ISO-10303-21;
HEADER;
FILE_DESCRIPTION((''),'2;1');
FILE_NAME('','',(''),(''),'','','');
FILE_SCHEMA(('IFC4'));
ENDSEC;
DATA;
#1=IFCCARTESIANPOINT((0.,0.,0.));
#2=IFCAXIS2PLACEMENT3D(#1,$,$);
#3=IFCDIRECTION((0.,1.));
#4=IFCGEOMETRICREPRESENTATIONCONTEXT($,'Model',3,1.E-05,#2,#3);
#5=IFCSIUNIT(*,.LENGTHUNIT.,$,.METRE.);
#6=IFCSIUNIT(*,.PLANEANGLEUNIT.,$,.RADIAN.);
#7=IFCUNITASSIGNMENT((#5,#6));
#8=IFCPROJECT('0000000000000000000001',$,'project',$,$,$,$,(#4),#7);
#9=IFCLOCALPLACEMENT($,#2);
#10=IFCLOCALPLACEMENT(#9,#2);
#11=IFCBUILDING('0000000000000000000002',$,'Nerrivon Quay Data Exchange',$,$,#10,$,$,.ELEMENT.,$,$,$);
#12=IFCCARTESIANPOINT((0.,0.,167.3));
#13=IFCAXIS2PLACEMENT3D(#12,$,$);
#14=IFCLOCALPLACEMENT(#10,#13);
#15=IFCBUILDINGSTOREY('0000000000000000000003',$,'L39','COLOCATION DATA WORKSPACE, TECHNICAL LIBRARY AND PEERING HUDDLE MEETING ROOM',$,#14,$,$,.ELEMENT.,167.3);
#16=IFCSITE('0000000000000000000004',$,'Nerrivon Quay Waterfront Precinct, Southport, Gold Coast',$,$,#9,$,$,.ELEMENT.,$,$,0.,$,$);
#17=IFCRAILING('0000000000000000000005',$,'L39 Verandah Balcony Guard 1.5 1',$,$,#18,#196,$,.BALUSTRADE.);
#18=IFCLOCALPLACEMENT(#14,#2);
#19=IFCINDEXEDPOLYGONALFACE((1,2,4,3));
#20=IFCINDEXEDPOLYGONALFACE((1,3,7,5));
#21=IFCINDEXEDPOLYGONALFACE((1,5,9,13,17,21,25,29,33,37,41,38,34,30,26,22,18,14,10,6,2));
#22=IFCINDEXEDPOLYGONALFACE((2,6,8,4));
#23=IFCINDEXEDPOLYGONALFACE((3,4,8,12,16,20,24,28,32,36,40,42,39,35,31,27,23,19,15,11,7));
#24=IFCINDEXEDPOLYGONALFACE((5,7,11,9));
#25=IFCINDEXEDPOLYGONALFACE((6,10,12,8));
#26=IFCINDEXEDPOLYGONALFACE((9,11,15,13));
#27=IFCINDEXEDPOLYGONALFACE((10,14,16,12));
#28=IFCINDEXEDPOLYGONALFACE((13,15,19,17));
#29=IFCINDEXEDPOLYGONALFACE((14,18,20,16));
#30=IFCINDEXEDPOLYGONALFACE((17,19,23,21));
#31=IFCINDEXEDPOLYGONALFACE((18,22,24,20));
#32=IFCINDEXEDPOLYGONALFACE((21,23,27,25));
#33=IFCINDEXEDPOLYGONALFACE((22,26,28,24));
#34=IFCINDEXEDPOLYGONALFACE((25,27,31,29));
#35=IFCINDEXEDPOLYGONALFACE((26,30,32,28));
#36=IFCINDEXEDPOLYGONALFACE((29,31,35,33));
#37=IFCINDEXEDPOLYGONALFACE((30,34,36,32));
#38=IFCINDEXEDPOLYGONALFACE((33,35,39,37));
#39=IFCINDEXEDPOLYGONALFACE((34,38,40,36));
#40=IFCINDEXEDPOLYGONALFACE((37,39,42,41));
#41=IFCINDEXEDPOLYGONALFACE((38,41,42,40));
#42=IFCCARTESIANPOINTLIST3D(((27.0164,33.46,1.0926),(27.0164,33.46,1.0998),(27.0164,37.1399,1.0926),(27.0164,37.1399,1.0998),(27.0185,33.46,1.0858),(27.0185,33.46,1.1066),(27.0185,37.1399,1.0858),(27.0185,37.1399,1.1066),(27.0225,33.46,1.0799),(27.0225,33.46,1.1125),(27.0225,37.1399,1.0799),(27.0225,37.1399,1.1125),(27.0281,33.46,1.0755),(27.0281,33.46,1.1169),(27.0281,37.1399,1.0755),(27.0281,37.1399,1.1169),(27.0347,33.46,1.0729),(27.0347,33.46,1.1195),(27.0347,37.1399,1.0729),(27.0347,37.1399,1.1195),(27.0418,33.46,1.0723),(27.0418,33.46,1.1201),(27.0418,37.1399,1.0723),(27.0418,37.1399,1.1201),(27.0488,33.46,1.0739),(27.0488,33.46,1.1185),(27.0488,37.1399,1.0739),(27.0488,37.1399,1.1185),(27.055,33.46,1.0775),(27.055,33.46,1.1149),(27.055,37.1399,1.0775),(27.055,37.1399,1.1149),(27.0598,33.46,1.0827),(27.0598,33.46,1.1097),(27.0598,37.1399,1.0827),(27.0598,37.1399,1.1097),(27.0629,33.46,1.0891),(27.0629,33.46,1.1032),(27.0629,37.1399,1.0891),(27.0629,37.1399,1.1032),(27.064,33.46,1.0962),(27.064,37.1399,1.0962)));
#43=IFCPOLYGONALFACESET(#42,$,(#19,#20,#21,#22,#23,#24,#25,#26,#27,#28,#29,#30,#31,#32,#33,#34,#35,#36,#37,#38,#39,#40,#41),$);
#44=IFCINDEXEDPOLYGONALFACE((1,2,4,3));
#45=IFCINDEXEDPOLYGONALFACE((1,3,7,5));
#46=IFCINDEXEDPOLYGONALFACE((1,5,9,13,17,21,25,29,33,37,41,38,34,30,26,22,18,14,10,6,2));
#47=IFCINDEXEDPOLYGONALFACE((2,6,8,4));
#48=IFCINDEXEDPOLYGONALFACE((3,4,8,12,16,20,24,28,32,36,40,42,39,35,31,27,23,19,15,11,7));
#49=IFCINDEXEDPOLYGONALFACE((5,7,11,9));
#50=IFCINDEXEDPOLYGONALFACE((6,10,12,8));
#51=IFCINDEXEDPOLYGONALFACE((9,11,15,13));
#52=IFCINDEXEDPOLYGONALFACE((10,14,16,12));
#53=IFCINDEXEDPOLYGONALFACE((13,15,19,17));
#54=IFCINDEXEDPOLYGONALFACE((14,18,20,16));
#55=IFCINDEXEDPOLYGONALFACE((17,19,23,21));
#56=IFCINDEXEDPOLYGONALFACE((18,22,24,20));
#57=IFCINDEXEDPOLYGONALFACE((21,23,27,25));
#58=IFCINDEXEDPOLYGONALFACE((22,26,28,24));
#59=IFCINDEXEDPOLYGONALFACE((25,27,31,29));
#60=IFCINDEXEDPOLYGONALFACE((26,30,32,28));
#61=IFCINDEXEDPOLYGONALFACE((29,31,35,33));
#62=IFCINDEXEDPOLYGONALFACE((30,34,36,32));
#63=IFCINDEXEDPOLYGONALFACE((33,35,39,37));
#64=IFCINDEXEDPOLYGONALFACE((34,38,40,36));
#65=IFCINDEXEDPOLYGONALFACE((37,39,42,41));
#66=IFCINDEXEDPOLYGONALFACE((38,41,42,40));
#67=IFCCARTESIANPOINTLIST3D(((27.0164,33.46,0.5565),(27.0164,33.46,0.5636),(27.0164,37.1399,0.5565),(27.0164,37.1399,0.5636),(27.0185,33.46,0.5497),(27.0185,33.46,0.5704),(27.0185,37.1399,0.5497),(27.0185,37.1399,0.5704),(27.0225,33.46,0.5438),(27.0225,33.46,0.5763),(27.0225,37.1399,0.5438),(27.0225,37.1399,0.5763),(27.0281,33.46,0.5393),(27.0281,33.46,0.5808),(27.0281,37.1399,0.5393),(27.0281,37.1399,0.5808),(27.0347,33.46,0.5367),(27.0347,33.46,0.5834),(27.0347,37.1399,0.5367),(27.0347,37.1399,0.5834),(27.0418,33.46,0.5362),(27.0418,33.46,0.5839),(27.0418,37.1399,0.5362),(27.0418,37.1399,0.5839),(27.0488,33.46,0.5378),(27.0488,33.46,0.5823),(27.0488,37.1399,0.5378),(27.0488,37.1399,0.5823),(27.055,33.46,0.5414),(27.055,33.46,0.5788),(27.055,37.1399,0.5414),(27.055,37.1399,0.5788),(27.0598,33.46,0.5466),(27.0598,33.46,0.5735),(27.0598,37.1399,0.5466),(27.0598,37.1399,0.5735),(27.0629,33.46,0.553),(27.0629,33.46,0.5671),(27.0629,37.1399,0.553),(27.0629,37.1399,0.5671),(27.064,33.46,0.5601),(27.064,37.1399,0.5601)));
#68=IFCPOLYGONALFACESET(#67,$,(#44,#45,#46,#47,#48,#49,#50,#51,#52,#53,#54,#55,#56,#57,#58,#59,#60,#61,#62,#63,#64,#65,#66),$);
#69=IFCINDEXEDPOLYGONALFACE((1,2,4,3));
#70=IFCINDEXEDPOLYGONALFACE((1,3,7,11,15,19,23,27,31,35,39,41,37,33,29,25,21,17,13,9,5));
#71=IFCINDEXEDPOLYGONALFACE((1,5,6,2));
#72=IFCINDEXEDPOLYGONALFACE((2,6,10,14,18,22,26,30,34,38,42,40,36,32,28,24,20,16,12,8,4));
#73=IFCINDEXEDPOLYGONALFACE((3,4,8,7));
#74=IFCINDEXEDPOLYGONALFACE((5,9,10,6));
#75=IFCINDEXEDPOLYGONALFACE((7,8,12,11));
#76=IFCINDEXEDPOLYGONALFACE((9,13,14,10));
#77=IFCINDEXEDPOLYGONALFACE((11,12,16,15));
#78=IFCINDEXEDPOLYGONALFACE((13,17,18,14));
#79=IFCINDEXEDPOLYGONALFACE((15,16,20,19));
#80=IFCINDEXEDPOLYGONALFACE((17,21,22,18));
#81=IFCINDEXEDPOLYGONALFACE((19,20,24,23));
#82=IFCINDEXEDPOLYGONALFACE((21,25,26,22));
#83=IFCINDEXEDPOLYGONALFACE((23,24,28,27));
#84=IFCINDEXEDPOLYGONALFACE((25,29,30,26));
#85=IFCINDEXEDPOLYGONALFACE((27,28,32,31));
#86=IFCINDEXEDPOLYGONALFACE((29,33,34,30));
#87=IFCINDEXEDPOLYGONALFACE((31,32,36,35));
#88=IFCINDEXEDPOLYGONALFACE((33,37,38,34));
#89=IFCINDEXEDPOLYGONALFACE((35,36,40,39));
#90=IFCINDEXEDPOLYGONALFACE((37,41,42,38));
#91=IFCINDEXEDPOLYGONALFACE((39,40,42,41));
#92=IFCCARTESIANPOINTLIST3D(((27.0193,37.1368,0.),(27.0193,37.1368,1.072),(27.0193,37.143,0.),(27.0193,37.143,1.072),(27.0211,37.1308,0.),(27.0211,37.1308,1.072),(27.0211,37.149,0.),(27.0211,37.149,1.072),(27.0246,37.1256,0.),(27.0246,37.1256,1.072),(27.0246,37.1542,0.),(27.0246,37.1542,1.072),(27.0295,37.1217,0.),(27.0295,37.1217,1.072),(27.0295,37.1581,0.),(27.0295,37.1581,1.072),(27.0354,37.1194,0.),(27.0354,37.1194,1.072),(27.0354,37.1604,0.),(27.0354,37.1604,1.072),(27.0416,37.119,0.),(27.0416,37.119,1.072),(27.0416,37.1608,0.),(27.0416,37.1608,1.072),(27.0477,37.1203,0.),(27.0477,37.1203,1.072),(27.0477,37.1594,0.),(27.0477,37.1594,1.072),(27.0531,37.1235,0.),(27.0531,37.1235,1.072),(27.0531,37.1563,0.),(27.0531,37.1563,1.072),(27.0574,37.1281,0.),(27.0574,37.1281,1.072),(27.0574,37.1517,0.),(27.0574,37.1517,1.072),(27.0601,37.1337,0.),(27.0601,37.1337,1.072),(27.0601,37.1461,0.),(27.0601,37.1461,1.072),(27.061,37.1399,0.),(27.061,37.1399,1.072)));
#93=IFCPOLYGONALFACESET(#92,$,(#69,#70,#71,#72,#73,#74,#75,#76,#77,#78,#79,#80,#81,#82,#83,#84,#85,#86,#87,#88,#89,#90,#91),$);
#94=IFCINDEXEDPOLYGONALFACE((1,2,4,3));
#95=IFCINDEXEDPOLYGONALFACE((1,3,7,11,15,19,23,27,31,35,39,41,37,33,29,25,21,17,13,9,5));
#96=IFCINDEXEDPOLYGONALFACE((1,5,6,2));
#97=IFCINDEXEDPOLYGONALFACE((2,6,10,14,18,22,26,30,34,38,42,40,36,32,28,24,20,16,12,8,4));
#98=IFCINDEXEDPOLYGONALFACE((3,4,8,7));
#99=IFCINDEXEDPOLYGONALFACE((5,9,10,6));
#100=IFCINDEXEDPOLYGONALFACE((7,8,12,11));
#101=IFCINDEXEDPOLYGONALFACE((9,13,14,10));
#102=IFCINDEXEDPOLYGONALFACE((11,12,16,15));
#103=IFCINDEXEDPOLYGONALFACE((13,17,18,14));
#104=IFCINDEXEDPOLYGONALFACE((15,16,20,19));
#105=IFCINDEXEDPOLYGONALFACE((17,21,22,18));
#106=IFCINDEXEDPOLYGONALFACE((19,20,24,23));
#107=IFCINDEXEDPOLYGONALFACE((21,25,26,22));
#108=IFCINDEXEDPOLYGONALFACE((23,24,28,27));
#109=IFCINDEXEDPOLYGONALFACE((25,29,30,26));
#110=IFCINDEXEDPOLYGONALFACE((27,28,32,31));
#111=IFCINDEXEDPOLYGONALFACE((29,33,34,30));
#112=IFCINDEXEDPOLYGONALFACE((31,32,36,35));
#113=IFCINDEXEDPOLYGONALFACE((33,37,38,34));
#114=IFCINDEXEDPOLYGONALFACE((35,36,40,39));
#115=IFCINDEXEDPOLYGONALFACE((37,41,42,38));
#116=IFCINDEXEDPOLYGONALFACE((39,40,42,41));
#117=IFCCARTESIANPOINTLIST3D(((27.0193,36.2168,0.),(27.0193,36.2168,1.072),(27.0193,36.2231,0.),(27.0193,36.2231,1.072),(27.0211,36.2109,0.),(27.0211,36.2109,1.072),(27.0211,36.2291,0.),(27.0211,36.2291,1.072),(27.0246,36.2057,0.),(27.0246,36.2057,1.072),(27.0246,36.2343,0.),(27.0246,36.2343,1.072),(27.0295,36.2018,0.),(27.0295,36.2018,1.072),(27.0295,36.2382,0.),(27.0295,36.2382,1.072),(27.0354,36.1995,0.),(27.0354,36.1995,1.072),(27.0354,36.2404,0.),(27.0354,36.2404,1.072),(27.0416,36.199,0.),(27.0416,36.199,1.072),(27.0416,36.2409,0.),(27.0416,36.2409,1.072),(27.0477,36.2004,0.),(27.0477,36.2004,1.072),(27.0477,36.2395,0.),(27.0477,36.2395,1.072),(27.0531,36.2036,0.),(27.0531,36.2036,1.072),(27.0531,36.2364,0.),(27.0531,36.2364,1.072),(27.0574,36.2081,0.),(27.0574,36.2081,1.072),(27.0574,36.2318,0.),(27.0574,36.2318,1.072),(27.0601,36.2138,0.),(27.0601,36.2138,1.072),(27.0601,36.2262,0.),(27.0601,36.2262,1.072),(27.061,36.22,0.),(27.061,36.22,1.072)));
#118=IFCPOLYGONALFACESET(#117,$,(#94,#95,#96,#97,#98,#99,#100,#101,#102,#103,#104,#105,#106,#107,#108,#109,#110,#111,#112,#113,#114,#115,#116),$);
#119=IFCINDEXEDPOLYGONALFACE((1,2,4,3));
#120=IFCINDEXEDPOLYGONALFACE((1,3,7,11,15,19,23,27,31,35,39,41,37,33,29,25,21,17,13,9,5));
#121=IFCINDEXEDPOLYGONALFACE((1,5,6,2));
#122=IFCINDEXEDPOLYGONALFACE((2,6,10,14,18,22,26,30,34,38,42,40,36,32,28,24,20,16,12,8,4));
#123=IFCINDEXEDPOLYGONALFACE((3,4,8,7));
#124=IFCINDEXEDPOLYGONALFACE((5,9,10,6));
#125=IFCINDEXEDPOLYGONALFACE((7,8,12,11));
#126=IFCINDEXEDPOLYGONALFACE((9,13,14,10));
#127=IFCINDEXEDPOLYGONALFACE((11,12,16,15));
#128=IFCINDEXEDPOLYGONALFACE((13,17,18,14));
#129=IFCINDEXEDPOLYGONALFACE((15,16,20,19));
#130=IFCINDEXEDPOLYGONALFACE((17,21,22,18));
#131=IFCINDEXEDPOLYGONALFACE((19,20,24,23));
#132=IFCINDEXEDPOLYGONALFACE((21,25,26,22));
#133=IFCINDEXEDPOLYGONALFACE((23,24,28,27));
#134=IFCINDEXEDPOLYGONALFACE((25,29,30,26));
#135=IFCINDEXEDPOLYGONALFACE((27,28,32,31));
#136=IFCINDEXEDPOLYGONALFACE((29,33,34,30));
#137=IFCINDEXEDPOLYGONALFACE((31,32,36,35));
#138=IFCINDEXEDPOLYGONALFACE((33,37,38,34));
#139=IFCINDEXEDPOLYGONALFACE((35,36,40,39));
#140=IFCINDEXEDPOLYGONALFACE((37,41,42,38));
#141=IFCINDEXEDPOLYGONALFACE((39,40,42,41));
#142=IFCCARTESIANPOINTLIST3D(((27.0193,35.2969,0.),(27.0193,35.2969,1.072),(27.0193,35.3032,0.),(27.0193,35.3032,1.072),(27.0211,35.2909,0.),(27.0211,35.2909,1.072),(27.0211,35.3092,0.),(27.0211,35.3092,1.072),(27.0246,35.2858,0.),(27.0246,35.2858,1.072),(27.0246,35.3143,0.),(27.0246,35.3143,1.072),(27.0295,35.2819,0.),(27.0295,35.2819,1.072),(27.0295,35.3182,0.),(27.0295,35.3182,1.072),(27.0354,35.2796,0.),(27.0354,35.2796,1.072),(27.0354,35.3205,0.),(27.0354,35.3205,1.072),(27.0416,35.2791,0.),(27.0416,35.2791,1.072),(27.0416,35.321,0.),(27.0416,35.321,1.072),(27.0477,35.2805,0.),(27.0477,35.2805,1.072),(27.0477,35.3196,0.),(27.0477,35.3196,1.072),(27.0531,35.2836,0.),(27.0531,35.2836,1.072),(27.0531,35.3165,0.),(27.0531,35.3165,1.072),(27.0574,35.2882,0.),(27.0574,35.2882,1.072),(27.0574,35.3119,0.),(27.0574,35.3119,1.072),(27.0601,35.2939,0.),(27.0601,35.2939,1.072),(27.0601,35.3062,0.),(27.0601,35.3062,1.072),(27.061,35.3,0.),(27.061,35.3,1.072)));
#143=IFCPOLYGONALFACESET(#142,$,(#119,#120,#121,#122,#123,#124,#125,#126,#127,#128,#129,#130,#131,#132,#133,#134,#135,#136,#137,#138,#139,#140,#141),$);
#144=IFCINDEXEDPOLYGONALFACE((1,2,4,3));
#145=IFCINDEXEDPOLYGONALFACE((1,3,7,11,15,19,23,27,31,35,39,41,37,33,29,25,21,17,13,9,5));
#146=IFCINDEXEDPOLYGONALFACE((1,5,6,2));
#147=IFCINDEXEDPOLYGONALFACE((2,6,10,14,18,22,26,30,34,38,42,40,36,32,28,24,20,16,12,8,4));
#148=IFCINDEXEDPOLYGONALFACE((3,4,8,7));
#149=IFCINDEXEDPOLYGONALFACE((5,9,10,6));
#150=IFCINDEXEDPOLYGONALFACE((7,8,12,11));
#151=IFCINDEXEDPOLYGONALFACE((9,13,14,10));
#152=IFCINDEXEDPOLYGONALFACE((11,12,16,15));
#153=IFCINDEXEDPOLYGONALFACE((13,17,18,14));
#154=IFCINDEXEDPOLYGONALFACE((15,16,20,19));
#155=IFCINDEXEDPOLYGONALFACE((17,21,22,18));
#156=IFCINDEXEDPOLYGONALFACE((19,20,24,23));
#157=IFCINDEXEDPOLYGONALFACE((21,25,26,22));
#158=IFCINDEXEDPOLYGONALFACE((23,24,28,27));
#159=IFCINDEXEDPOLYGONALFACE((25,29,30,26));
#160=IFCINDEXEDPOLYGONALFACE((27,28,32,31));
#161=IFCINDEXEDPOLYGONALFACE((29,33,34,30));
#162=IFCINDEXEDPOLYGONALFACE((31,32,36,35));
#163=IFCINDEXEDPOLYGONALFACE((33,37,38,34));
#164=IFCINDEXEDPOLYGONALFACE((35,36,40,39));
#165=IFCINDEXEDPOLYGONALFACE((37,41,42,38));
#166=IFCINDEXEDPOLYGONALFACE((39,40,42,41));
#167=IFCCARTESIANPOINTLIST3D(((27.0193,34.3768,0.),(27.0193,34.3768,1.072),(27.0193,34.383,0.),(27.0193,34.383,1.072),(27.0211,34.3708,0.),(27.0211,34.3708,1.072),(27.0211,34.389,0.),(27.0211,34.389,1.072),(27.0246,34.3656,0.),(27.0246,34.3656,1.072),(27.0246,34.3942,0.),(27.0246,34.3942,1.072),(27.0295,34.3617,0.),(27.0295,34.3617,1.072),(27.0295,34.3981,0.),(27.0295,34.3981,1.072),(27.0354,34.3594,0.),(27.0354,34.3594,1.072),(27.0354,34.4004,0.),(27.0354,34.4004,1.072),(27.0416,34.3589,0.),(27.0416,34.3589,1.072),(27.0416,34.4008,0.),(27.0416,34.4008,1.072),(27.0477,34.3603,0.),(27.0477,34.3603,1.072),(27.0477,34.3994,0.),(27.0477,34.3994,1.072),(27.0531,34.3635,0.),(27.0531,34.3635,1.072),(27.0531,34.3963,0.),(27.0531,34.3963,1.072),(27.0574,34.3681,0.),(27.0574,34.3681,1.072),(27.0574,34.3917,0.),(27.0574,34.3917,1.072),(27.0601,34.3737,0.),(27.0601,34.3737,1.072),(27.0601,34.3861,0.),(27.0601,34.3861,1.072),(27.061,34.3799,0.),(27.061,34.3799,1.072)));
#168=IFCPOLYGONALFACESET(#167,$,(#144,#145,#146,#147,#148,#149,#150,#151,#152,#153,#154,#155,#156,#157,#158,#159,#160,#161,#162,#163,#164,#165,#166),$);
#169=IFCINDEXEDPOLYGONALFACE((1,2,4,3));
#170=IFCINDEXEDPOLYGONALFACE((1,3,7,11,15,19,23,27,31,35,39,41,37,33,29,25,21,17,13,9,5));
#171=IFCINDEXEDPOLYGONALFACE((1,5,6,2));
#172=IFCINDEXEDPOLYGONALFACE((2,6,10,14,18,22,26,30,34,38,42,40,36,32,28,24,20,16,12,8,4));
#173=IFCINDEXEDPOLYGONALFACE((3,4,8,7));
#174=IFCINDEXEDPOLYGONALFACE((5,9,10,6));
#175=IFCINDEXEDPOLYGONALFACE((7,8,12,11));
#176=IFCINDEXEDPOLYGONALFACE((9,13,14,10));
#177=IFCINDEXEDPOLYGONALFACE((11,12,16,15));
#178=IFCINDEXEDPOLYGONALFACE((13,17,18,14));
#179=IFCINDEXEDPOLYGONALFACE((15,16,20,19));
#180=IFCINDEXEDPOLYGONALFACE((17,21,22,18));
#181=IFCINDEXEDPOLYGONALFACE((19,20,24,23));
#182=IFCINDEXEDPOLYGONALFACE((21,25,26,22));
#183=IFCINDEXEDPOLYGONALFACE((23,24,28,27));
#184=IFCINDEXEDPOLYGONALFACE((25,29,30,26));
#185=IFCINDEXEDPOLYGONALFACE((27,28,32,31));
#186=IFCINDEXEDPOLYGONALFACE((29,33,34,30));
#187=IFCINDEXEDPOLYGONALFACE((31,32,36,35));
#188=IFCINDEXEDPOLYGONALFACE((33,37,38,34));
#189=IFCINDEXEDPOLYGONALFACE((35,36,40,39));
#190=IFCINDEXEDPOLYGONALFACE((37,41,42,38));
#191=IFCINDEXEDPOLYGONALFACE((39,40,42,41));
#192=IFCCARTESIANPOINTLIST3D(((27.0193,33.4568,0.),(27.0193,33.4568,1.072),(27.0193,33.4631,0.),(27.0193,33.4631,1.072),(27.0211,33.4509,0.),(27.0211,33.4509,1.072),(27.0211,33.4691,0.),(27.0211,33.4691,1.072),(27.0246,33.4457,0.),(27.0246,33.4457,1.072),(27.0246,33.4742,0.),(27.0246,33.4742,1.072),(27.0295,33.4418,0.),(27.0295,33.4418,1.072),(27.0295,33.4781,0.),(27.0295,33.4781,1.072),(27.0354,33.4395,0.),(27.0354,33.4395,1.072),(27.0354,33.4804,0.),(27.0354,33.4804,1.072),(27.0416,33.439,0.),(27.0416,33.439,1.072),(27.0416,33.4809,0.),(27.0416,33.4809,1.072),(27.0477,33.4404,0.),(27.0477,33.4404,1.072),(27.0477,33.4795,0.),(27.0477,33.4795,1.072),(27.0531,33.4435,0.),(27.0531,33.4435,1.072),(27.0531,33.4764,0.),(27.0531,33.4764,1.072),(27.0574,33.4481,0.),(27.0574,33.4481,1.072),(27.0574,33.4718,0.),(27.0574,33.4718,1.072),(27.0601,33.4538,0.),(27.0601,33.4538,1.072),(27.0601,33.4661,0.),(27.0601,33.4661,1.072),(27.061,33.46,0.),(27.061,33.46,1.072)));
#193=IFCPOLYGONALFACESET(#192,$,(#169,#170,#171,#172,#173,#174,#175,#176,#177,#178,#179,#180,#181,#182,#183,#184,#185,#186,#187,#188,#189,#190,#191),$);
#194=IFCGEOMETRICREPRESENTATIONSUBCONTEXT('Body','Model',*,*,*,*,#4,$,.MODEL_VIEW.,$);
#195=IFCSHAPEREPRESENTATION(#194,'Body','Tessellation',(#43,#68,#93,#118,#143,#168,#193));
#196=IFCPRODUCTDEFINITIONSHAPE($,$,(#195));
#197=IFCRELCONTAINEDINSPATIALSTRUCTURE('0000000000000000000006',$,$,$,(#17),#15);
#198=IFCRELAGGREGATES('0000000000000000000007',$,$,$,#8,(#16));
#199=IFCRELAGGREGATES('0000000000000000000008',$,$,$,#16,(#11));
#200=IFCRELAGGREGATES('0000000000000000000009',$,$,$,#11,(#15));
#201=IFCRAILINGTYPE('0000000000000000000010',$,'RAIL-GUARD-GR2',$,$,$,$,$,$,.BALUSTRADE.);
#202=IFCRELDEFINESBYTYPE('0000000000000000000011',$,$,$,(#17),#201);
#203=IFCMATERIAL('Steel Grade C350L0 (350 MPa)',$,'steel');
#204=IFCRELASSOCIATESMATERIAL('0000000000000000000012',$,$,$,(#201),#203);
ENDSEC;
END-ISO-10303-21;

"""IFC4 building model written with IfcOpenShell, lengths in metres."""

from ifc_helpers import new_model, si_unit, direction, frame, origin, origin_2d, place, context, subcontext, project, spatial, circle, extrude, material, type_object, element, save


model = new_model("IFC4")

# Units and contexts
model_context = context("Model", 3, precision=1e-05, world=origin(), true_north=direction((0.0, 1.0)))
body_context = subcontext(model_context, "Body", "Model", "MODEL_VIEW")
ifc_project = project(units=[si_unit("LENGTHUNIT", "METRE"), si_unit("PLANEANGLEUNIT", "RADIAN")], contexts=[model_context])

# Site, building, storey
site_placement = place(None, origin())
site = spatial("IfcSite", under=ifc_project, at=site_placement, Name="Nerrivon Quay Waterfront Precinct, Southport, Gold Coast", CompositionType="ELEMENT", RefElevation=0.0)
building_placement = place(site_placement, origin())
building = spatial("IfcBuilding", under=site, at=building_placement, Name="Nerrivon Quay Data Exchange", CompositionType="ELEMENT")
storey_placement = place(building_placement, frame((0.0, 0.0, 167.3)))
storey = spatial("IfcBuildingStorey", under=building, at=storey_placement, Name="L39", Description="COLOCATION DATA WORKSPACE, TECHNICAL LIBRARY AND PEERING HUDDLE MEETING ROOM", CompositionType="ELEMENT", Elevation=167.3)

# Shared definitions
ifc_material_1 = material(Name="Steel Grade C350L0 (350 MPa)", Category="steel")

# Railing
railing_type = type_object("IfcRailingType", Name="RAIL-GUARD-GR2", PredefinedType="BALUSTRADE", material=ifc_material_1)
railing_1_placement = place(storey_placement, frame((27.04, 37.1399, 0.0)))
element("IfcRailing", 1, at=railing_1_placement, inside=storey, type_object=railing_type, Name="L39 Verandah Balcony Guard 1.5 1", PredefinedType="BALUSTRADE", context=body_context, shape_type="SweptSolid", body=[
    extrude(circle(Radius=0.0239, at=origin_2d()), frame((0.0, 0.0, 1.0962), z_axis=(0.0, -1.0, 0.0), x_axis=(1.0, 0.0, 0.0)), (0.0, 0.0, 1.0), 3.6799),
    extrude(circle(Radius=0.0239, at=origin_2d()), frame((0.0, 0.0, 0.5601), z_axis=(0.0, -1.0, 0.0), x_axis=(1.0, 0.0, 0.0)), (0.0, 0.0, 1.0), 3.6799),
    extrude(circle(Radius=0.021, at=origin_2d()), origin(), (0.0, 0.0, 1.0), 1.072),
    extrude(circle(Radius=0.021, at=origin_2d()), frame((0.0, -0.9199, 0.0)), (0.0, 0.0, 1.0), 1.072),
    extrude(circle(Radius=0.021, at=origin_2d()), frame((0.0, -1.8398, 0.0)), (0.0, 0.0, 1.0), 1.072),
    extrude(circle(Radius=0.021, at=origin_2d()), frame((0.0, -2.76, 0.0)), (0.0, 0.0, 1.0), 1.072),
    extrude(circle(Radius=0.021, at=origin_2d()), frame((0.0, -3.6799, 0.0)), (0.0, 0.0, 1.0), 1.072),
])

save(model, "model.ifc")
